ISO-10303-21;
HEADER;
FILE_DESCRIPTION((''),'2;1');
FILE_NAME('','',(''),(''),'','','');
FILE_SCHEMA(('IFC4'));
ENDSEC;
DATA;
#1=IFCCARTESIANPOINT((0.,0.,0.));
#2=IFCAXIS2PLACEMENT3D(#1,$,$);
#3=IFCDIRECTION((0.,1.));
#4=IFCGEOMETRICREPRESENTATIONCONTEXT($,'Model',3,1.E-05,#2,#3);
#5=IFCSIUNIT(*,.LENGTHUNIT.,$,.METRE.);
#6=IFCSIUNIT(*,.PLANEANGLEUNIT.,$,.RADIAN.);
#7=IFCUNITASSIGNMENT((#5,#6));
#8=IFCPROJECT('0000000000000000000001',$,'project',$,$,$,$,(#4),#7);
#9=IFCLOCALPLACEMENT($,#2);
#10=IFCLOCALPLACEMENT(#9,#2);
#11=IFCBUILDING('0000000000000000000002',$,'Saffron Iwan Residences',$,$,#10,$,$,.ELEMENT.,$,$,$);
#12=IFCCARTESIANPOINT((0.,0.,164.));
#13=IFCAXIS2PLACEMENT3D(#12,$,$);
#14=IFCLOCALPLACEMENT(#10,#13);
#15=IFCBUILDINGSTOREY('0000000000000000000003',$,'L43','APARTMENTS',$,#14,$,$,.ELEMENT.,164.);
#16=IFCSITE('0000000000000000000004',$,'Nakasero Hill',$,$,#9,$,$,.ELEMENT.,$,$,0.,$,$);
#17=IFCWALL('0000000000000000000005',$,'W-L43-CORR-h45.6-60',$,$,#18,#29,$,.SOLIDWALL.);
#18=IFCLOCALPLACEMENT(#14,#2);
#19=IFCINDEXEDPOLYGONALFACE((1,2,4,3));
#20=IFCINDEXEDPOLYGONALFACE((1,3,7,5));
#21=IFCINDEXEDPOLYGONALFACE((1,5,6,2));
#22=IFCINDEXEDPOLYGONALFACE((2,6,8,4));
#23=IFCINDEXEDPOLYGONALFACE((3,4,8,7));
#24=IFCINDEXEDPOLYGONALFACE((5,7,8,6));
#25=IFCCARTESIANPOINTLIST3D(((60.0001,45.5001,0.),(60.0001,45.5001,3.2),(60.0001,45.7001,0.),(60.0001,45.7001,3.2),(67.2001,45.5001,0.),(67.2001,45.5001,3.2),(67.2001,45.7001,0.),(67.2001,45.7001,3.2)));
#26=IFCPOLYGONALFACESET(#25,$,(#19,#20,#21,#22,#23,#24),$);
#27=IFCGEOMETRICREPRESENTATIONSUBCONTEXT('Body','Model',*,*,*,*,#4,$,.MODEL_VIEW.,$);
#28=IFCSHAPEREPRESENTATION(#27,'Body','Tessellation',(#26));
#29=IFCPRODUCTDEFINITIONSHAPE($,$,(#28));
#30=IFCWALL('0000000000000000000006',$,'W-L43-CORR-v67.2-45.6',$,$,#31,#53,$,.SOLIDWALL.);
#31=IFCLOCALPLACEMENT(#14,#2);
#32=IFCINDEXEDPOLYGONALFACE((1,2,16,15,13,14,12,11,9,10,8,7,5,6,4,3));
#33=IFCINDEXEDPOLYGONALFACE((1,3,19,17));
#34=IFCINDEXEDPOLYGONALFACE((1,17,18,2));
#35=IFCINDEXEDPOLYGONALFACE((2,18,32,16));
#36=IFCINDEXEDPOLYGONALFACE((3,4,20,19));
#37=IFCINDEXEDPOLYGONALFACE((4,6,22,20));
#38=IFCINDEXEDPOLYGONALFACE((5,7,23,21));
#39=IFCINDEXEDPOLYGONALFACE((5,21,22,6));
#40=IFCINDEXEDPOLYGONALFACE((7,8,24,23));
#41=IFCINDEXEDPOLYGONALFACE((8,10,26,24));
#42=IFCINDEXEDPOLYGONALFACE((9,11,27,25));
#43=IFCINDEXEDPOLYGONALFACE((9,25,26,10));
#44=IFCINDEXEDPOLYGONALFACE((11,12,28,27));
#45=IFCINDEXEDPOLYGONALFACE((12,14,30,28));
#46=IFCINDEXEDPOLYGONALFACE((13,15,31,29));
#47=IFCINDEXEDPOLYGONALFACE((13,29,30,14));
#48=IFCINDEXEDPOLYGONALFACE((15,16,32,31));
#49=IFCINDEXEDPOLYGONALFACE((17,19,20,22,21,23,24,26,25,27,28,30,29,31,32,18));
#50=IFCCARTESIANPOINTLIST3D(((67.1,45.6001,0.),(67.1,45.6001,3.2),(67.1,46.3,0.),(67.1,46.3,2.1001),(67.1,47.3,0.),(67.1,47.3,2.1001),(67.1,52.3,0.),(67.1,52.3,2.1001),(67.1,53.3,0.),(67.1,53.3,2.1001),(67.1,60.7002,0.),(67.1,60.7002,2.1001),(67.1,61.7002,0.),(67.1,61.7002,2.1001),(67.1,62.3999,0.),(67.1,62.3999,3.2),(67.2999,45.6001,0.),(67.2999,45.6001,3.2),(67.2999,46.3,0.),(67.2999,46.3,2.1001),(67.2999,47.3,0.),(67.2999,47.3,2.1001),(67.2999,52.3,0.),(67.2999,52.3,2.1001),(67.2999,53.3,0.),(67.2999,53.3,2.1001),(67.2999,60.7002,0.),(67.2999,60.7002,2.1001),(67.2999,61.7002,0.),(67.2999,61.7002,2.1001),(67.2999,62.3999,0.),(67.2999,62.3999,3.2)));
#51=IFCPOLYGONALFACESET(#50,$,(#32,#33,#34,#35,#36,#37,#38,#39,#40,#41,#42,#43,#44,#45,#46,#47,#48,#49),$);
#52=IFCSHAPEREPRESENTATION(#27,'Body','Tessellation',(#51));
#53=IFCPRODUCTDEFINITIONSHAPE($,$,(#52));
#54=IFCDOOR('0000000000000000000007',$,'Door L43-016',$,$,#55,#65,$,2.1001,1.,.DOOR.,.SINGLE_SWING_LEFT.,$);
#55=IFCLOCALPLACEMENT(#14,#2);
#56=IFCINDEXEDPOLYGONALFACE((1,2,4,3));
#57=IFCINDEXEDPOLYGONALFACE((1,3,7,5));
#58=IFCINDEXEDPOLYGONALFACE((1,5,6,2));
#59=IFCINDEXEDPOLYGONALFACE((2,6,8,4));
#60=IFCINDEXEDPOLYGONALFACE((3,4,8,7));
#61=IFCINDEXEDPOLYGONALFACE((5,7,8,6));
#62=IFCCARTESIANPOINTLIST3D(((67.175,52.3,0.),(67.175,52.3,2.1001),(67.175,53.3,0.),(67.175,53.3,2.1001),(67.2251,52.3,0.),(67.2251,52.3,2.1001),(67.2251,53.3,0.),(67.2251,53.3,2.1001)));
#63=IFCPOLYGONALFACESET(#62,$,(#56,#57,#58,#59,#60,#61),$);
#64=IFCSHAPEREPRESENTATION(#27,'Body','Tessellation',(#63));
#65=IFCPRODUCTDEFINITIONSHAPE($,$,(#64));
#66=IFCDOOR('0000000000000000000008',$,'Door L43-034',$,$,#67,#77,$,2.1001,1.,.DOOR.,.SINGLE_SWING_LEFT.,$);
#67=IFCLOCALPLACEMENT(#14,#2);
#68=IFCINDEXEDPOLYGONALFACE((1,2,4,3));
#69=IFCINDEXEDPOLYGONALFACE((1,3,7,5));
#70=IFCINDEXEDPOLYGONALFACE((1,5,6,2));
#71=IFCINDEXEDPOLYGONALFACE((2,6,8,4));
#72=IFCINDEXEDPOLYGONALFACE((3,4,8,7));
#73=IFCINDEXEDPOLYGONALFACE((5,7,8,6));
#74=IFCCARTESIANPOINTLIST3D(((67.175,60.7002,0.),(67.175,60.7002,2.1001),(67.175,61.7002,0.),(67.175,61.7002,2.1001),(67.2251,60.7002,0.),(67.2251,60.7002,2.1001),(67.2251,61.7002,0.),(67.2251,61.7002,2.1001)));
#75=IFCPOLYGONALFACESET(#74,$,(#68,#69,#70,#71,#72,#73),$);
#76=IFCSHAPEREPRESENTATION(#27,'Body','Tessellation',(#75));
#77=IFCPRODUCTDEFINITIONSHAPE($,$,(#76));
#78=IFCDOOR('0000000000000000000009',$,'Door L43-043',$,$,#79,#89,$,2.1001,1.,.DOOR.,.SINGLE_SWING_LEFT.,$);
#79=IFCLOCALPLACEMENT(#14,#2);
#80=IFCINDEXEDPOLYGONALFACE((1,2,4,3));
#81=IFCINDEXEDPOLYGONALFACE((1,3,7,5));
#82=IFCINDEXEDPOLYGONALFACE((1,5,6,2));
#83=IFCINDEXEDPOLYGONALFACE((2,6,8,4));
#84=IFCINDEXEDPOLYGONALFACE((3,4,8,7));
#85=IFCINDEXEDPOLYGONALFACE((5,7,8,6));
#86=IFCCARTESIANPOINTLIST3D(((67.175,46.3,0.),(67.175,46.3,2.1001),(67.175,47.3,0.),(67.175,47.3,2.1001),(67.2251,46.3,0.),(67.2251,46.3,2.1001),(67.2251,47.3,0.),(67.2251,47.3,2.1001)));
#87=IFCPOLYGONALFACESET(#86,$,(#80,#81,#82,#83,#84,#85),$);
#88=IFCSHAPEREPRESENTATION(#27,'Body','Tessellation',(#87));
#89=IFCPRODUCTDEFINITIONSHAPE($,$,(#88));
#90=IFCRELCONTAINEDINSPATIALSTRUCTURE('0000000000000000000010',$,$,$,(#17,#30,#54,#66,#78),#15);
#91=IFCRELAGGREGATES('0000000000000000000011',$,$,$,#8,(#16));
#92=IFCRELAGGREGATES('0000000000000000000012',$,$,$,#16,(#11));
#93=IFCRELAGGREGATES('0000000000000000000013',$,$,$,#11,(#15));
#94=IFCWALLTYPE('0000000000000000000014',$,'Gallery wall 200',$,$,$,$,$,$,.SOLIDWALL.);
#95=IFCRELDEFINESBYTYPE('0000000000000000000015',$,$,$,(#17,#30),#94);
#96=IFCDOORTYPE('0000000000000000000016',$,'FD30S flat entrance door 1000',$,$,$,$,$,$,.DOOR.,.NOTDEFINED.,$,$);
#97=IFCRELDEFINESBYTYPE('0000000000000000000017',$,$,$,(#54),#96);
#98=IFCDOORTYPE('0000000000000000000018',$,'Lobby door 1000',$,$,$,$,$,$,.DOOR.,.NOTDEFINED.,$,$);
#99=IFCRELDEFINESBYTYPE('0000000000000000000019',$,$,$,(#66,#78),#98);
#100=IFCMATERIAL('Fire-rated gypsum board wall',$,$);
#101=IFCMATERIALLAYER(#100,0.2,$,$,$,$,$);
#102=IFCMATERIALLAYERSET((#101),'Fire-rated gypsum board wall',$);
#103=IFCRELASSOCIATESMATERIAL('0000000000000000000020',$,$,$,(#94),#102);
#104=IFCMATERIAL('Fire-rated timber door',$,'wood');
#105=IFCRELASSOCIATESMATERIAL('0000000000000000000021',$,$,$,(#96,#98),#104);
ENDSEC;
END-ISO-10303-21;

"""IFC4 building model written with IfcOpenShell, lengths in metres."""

from ifc_helpers import new_model, si_unit, direction, frame, frame_2d, origin, place, context, subcontext, project, spatial, rectangle, extrude, material, layer, layer_set, type_object, element, fill, save


model = new_model("IFC4")

# Units and contexts
model_context = context("Model", 3, precision=1e-05, world=origin(), true_north=direction((0.0, 1.0)))
body_context = subcontext(model_context, "Body", "Model", "MODEL_VIEW")
ifc_project = project(units=[si_unit("LENGTHUNIT", "METRE"), si_unit("PLANEANGLEUNIT", "RADIAN")], contexts=[model_context])

# Site, building, storey
site_placement = place(None, origin())
site = spatial("IfcSite", under=ifc_project, at=site_placement, Name="Nakasero Hill", CompositionType="ELEMENT", RefElevation=0.0)
building_placement = place(site_placement, origin())
building = spatial("IfcBuilding", under=site, at=building_placement, Name="Saffron Iwan Residences", CompositionType="ELEMENT")
storey_placement = place(building_placement, frame((0.0, 0.0, 164.0)))
storey = spatial("IfcBuildingStorey", under=building, at=storey_placement, Name="L43", Description="APARTMENTS", CompositionType="ELEMENT", Elevation=164.0)

# Wall
ifc_material_1 = material(Name="Fire-rated gypsum board wall")
ifc_layer_1 = layer(ifc_material_1, 0.2)
ifc_layer_set_1 = layer_set([ifc_layer_1], Name="Fire-rated gypsum board wall")
wall_type_1 = type_object("IfcWallType", Name="Gallery wall 200", PredefinedType="SOLIDWALL", material=ifc_layer_set_1)
wall_1_placement = place(storey_placement, frame((60.0, 45.6001, 0.0), z_axis=(0.0, 0.0, 1.0), x_axis=(1.0, 0.0, 0.0)))
element("IfcWall", 1, at=wall_1_placement, inside=storey, type_object=wall_type_1, Name="W-L43-CORR-h45.6-60", PredefinedType="SOLIDWALL", context=body_context, shape_type="SweptSolid", body=[
    extrude(rectangle(XDim=7.2, YDim=0.2, at=frame_2d((3.6001, 0.0))), origin(), (0.0, 0.0, 1.0), 3.2),
])

# Wall, openings, doors
wall_2_placement = place(storey_placement, frame((67.2, 45.6001, 0.0), z_axis=(0.0, 0.0, 1.0), x_axis=(0.0, 1.0, 0.0)))
wall_2 = element("IfcWall", 2, at=wall_2_placement, inside=storey, type_object=wall_type_1, Name="W-L43-CORR-v67.2-45.6", PredefinedType="SOLIDWALL", context=body_context, shape_type="SweptSolid", body=[
    extrude(rectangle(XDim=16.7998, YDim=0.2, at=frame_2d((8.3999, 0.0))), origin(), (0.0, 0.0, 1.0), 3.2),
])
opening_1_placement = place(wall_2_placement, frame((6.7, 0.0, 0.0)))
opening_1 = element("IfcOpeningElement", 3, at=opening_1_placement, cuts=wall_2, PredefinedType="OPENING", context=body_context, shape_type="SweptSolid", body=[
    extrude(rectangle(XDim=1.0, YDim=2.1001, at=frame_2d((0.5, 1.05))), frame((0.0, 0.1099, 0.0), z_axis=(0.0, -1.0, 0.0), x_axis=(1.0, 0.0, 0.0)), (0.0, 0.0, 1.0), 0.22),
])
opening_2_placement = place(wall_2_placement, frame((15.1001, 0.0, 0.0)))
opening_2 = element("IfcOpeningElement", 4, at=opening_2_placement, cuts=wall_2, PredefinedType="OPENING", context=body_context, shape_type="SweptSolid", body=[
    extrude(rectangle(XDim=1.0, YDim=2.1001, at=frame_2d((0.5, 1.05))), frame((0.0, 0.1099, 0.0), z_axis=(0.0, -1.0, 0.0), x_axis=(1.0, 0.0, 0.0)), (0.0, 0.0, 1.0), 0.22),
])
opening_3_placement = place(wall_2_placement, frame((0.7, 0.0, 0.0)))
opening_3 = element("IfcOpeningElement", 5, at=opening_3_placement, cuts=wall_2, PredefinedType="OPENING", context=body_context, shape_type="SweptSolid", body=[
    extrude(rectangle(XDim=1.0, YDim=2.1001, at=frame_2d((0.5, 1.05))), frame((0.0, 0.1099, 0.0), z_axis=(0.0, -1.0, 0.0), x_axis=(1.0, 0.0, 0.0)), (0.0, 0.0, 1.0), 0.22),
])
ifc_material_2 = material(Name="Fire-rated timber door", Category="wood")
door_type_1 = type_object("IfcDoorType", Name="FD30S flat entrance door 1000", OperationType="NOTDEFINED", PredefinedType="DOOR", material=ifc_material_2)
door_1_placement = place(opening_1_placement, origin())
door_1 = element("IfcDoor", 6, at=door_1_placement, inside=storey, type_object=door_type_1, Name="Door L43-016", OperationType="SINGLE_SWING_LEFT", OverallHeight=2.1001, OverallWidth=1.0, PredefinedType="DOOR", context=body_context, shape_type="SweptSolid", body=[
    extrude(rectangle(XDim=1.0, YDim=2.1001, at=frame_2d((0.5, 1.05))), frame((0.0, 0.0249, 0.0), z_axis=(0.0, -1.0, 0.0), x_axis=(1.0, 0.0, 0.0)), (0.0, 0.0, 1.0), 0.05),
])
fill(opening_1, door_1)
door_type_2 = type_object("IfcDoorType", Name="Lobby door 1000", OperationType="NOTDEFINED", PredefinedType="DOOR", material=ifc_material_2)
door_2_placement = place(opening_2_placement, origin())
door_2 = element("IfcDoor", 7, at=door_2_placement, inside=storey, type_object=door_type_2, Name="Door L43-034", OperationType="SINGLE_SWING_LEFT", OverallHeight=2.1001, OverallWidth=1.0, PredefinedType="DOOR", context=body_context, shape_type="SweptSolid", body=[
    extrude(rectangle(XDim=1.0, YDim=2.1001, at=frame_2d((0.5, 1.05))), frame((0.0, 0.0249, 0.0), z_axis=(0.0, -1.0, 0.0), x_axis=(1.0, 0.0, 0.0)), (0.0, 0.0, 1.0), 0.05),
])
fill(opening_2, door_2)
door_3_placement = place(opening_3_placement, origin())
door_3 = element("IfcDoor", 8, at=door_3_placement, inside=storey, type_object=door_type_2, Name="Door L43-043", OperationType="SINGLE_SWING_LEFT", OverallHeight=2.1001, OverallWidth=1.0, PredefinedType="DOOR", context=body_context, shape_type="SweptSolid", body=[
    extrude(rectangle(XDim=1.0, YDim=2.1001, at=frame_2d((0.5, 1.05))), frame((0.0, 0.0249, 0.0), z_axis=(0.0, -1.0, 0.0), x_axis=(1.0, 0.0, 0.0)), (0.0, 0.0, 1.0), 0.05),
])
fill(opening_3, door_3)

save(model, "model.ifc")
